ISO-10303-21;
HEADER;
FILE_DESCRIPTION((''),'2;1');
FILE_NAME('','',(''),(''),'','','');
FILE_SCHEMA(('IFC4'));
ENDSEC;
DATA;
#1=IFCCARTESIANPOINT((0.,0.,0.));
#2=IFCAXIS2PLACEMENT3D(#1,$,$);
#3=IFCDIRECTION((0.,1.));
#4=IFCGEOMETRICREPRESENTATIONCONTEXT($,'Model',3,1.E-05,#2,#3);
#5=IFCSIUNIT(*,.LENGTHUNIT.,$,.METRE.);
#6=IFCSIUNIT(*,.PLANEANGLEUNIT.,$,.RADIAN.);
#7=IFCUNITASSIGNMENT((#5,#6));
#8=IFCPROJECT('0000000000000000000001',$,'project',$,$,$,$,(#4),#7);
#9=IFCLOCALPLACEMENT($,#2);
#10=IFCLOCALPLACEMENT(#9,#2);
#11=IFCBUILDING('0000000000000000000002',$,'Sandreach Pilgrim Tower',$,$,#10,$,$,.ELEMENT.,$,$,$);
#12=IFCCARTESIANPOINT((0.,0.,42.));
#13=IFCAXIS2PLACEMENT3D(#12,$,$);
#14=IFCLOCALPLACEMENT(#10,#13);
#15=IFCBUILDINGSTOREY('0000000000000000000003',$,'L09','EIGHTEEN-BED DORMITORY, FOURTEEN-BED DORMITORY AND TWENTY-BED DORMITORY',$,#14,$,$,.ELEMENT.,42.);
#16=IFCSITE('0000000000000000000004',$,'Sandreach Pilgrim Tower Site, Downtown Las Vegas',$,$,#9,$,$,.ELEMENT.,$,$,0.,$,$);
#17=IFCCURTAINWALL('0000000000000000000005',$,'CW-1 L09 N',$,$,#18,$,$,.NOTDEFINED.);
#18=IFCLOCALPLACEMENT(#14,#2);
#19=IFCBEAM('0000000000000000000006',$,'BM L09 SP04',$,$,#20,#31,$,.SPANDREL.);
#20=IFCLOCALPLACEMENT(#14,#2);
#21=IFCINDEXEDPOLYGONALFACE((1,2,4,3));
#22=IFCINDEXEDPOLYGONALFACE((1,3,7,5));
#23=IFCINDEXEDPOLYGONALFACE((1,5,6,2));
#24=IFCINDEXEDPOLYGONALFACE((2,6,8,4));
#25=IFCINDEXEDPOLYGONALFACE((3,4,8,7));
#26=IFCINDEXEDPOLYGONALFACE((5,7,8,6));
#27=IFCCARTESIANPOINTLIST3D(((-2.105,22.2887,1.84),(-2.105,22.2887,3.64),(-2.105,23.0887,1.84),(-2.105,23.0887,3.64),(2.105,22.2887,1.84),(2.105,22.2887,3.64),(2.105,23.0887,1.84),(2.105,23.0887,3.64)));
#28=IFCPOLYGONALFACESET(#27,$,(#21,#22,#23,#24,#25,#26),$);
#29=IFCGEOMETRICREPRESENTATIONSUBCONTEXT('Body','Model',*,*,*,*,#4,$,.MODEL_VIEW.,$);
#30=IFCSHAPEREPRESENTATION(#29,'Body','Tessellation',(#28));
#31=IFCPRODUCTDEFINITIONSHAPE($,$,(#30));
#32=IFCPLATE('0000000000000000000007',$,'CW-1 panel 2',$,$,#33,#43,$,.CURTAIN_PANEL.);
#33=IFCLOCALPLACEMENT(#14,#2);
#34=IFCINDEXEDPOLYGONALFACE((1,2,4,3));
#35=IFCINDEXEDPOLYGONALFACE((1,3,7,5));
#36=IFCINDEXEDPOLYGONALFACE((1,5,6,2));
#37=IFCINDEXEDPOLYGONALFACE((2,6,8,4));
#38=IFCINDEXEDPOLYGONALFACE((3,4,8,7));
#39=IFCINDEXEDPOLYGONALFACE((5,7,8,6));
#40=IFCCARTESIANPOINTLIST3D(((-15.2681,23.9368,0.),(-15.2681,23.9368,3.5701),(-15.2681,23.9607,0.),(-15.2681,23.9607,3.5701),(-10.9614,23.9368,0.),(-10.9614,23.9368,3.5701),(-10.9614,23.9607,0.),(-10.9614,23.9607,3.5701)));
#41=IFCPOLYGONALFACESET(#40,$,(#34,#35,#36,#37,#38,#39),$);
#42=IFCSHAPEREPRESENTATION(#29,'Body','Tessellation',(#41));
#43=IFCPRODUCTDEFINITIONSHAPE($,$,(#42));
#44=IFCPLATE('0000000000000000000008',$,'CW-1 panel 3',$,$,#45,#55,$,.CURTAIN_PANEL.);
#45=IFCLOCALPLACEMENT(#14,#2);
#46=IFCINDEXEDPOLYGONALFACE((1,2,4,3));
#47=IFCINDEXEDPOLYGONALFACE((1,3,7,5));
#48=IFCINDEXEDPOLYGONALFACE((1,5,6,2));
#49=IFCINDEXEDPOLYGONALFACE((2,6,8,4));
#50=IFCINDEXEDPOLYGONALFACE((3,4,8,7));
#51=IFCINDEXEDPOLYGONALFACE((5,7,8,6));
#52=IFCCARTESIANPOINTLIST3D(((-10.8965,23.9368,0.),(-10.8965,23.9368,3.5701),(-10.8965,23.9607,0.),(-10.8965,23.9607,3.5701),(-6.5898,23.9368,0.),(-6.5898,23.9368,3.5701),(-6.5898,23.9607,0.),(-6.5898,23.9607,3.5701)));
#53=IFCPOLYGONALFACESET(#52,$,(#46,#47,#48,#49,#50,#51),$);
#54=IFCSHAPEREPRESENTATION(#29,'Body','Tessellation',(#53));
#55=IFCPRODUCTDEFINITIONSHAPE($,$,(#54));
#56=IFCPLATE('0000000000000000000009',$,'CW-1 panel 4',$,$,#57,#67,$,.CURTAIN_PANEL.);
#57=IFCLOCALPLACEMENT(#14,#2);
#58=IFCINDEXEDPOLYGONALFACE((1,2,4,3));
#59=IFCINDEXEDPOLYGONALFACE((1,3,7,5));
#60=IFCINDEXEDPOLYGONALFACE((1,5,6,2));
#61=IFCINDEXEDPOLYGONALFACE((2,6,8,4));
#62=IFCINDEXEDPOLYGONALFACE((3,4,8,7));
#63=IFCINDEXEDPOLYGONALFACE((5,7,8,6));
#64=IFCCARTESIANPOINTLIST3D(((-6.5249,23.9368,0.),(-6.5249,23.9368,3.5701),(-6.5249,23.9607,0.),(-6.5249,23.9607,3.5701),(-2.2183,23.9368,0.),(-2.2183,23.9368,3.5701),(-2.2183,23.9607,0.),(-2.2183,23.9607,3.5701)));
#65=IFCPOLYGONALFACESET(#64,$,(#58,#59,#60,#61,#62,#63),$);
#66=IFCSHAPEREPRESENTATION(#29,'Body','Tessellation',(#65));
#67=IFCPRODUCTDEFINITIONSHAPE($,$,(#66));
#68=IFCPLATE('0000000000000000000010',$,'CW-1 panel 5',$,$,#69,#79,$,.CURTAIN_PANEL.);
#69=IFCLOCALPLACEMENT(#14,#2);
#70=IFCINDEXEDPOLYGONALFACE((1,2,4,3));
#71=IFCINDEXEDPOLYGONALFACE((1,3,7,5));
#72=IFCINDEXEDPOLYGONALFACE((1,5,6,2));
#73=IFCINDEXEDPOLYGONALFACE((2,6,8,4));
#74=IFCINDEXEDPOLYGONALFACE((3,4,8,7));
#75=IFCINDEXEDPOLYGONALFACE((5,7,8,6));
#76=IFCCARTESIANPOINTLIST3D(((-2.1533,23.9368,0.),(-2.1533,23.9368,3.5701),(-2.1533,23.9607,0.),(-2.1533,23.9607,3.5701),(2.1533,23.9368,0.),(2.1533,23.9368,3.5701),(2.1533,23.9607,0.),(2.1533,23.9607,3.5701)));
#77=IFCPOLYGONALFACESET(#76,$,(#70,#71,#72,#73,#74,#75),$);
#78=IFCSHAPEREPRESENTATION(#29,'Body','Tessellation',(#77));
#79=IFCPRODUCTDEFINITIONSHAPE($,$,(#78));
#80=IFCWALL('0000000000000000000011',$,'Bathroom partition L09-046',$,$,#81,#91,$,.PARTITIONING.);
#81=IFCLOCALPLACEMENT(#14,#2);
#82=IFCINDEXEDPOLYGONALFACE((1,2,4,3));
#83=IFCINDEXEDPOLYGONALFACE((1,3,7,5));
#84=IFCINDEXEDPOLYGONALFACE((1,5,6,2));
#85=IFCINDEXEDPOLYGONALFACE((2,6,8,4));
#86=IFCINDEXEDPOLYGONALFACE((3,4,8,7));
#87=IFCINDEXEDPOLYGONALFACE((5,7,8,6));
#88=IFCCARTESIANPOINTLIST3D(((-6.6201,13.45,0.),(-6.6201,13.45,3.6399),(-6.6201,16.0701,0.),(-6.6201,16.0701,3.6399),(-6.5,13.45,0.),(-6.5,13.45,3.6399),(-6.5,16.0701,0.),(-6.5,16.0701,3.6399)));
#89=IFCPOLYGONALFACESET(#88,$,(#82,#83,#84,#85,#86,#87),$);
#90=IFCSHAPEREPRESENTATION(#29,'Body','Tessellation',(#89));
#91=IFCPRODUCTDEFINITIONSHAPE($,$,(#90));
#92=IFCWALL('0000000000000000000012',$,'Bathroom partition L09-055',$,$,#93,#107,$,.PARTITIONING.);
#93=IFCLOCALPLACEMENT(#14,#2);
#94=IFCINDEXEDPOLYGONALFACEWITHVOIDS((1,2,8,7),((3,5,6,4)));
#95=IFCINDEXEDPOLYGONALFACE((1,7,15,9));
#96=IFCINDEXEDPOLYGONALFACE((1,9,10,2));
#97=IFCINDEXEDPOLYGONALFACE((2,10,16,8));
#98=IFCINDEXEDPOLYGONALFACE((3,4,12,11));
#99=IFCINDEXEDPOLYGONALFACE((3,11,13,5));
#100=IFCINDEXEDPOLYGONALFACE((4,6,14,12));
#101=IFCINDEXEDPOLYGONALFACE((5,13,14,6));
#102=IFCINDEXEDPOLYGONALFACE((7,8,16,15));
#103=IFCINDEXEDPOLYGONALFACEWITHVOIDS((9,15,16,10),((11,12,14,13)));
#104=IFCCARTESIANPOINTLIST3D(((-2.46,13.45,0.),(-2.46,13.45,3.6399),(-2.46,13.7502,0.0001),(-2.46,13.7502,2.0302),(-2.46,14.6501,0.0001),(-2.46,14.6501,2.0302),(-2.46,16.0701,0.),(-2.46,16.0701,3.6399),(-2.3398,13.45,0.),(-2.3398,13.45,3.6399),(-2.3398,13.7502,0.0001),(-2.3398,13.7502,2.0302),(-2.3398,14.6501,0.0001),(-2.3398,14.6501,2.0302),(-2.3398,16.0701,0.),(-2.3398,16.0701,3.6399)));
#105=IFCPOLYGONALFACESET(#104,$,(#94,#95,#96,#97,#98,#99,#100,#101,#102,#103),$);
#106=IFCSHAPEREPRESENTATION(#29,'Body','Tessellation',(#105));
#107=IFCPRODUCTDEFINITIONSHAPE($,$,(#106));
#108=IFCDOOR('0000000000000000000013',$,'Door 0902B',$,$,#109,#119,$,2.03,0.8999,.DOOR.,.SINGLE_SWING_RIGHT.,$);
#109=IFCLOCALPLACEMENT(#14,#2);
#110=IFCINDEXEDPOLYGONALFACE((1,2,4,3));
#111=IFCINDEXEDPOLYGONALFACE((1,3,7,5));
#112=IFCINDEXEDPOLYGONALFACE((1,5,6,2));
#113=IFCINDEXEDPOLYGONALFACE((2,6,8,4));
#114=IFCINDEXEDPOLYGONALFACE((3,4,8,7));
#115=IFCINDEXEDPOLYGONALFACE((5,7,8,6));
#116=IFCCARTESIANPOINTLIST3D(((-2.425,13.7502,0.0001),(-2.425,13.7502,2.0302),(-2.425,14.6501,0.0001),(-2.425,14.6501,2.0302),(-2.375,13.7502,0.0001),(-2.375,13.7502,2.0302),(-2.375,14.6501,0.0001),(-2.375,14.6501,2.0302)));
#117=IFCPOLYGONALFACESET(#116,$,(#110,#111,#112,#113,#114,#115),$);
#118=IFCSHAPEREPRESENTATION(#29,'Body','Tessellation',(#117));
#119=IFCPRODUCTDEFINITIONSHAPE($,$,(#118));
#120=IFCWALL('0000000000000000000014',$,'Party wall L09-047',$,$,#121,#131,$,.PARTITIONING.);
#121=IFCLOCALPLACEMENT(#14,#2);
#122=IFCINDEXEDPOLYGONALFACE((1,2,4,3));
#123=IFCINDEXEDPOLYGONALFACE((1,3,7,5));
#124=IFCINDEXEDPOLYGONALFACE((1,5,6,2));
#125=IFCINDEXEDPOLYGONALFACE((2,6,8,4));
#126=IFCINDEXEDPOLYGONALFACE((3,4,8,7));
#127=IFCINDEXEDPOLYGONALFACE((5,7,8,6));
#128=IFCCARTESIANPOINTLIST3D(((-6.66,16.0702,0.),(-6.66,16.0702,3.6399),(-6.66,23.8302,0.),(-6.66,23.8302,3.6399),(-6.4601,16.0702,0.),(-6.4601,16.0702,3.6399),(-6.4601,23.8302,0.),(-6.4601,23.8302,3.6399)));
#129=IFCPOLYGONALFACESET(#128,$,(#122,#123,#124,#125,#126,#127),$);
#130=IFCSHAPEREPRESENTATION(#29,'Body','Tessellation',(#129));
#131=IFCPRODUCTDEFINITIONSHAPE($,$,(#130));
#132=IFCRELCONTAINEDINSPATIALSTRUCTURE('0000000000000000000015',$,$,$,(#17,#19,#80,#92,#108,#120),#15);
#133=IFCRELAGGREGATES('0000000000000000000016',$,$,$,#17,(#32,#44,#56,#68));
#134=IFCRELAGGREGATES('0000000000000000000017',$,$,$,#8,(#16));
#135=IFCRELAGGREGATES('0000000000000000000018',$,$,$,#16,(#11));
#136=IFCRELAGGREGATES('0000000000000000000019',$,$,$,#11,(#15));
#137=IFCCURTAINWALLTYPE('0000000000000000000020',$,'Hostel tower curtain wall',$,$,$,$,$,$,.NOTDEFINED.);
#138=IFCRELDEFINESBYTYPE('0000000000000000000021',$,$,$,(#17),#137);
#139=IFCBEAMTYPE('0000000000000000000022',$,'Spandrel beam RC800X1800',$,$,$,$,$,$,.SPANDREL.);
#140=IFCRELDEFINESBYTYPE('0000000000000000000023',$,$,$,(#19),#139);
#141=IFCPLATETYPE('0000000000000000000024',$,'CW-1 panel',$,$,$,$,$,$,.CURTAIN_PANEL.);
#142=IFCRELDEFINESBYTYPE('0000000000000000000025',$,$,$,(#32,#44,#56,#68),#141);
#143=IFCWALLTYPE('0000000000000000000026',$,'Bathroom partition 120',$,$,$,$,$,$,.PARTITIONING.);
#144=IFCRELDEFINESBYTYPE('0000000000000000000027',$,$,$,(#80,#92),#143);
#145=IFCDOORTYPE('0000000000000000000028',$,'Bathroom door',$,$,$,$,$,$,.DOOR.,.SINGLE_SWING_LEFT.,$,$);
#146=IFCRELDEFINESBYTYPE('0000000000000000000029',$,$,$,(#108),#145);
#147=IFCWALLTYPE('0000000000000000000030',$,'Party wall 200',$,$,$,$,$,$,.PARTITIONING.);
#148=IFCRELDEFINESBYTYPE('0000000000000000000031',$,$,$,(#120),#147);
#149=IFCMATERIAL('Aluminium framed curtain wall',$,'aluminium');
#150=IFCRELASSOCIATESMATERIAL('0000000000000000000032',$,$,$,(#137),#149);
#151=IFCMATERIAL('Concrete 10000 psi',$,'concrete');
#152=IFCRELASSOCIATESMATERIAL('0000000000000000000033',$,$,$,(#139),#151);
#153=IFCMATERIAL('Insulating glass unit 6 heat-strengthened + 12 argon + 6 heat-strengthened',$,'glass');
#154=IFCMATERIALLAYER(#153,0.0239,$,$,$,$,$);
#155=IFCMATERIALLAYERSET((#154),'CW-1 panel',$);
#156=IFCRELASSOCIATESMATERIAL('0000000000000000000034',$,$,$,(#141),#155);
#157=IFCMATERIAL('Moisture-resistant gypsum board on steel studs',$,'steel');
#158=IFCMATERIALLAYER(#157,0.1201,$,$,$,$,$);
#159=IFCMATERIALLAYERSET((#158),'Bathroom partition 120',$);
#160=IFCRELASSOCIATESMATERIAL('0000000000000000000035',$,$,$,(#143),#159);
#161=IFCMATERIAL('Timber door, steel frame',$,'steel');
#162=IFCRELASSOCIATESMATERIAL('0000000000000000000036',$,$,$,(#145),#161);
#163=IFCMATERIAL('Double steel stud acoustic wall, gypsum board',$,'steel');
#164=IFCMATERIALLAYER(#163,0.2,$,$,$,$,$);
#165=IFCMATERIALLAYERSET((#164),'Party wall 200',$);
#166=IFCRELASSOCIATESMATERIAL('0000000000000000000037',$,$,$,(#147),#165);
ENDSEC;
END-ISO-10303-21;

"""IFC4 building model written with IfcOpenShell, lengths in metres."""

from ifc_helpers import new_model, si_unit, direction, frame, frame_2d, origin, origin_2d, place, context, subcontext, project, spatial, rectangle, extrude, material, layer, layer_set, material_profile, profile_set, type_object, element, fill, aggregate, save


model = new_model("IFC4")

# Units and contexts
model_context = context("Model", 3, precision=1e-05, world=origin(), true_north=direction((0.0, 1.0)))
body_context = subcontext(model_context, "Body", "Model", "MODEL_VIEW")
ifc_project = project(units=[si_unit("LENGTHUNIT", "METRE"), si_unit("PLANEANGLEUNIT", "RADIAN")], contexts=[model_context])

# Site, building, storey
site_placement = place(None, origin())
site = spatial("IfcSite", under=ifc_project, at=site_placement, Name="Sandreach Pilgrim Tower Site, Downtown Las Vegas", CompositionType="ELEMENT", RefElevation=0.0)
building_placement = place(site_placement, origin())
building = spatial("IfcBuilding", under=site, at=building_placement, Name="Sandreach Pilgrim Tower", CompositionType="ELEMENT")
storey_placement = place(building_placement, frame((0.0, 0.0, 42.0)))
storey = spatial("IfcBuildingStorey", under=building, at=storey_placement, Name="L09", Description="EIGHTEEN-BED DORMITORY, FOURTEEN-BED DORMITORY AND TWENTY-BED DORMITORY", CompositionType="ELEMENT", Elevation=42.0)

# Curtain wall
ifc_material_1 = material(Name="Aluminium framed curtain wall", Category="aluminium")
curtain_wall_type = type_object("IfcCurtainWallType", Name="Hostel tower curtain wall", PredefinedType="NOTDEFINED", material=ifc_material_1)
curtain_wall_placement = place(storey_placement, origin())
curtain_wall = element("IfcCurtainWall", 1, at=curtain_wall_placement, inside=storey, type_object=curtain_wall_type, Name="CW-1 L09 N", PredefinedType="NOTDEFINED")

# Beam
ifc_material_2 = material(Name="Concrete 10000 psi", Category="concrete")
ifc_material_profile_1 = material_profile(ifc_material_2, rectangle(XDim=0.8, YDim=1.8, at=origin_2d()), Name="RC800X1800")
ifc_profile_set_1 = profile_set([ifc_material_profile_1], Name="Concrete 10000 psi")
beam_type_1 = type_object("IfcBeamType", Name="Spandrel beam RC800X1800", PredefinedType="SPANDREL", material=ifc_profile_set_1)
for number, where, z_axis, x_axis, name in (
    (2, (-2.105, 22.6887, 2.74), (1.0, 0.0, 0.0), (0.0, 1.0, 0.0), "BM L09 SP04"),
):
    element("IfcBeam", number, at=place(storey_placement, frame(where, z_axis=z_axis, x_axis=x_axis)), inside=storey, type_object=beam_type_1, Name=name, PredefinedType="SPANDREL", context=body_context, shape_type="SweptSolid", body=[
        extrude(rectangle(XDim=0.8, YDim=1.8, at=origin_2d()), origin(), (0.0, 0.0, 1.0), 4.21),
    ])

# Plates
ifc_material_3 = material(Name="Insulating glass unit 6 heat-strengthened + 12 argon + 6 heat-strengthened", Category="glass")
ifc_layer_1 = layer(ifc_material_3, 0.0239)
ifc_layer_set_1 = layer_set([ifc_layer_1], Name="CW-1 panel")
plate_type = type_object("IfcPlateType", Name="CW-1 panel", PredefinedType="CURTAIN_PANEL", material=ifc_layer_set_1)
plate_1_placement = place(storey_placement, frame((-13.1147, 23.9487, 0.0), z_axis=(0.0, 0.0, 1.0), x_axis=(1.0, 0.0, 0.0)))
plate_1 = element("IfcPlate", 3, at=plate_1_placement, type_object=plate_type, Name="CW-1 panel 2", PredefinedType="CURTAIN_PANEL", context=body_context, shape_type="SweptSolid", body=[
    extrude(rectangle(XDim=4.3066, YDim=0.0239, at=origin_2d()), origin(), (0.0, 0.0, 1.0), 3.5701),
])
plate_2_placement = place(storey_placement, frame((-8.7432, 23.9487, 0.0), z_axis=(0.0, 0.0, 1.0), x_axis=(1.0, 0.0, 0.0)))
plate_2 = element("IfcPlate", 4, at=plate_2_placement, type_object=plate_type, Name="CW-1 panel 3", PredefinedType="CURTAIN_PANEL", context=body_context, shape_type="SweptSolid", body=[
    extrude(rectangle(XDim=4.3066, YDim=0.0239, at=origin_2d()), origin(), (0.0, 0.0, 1.0), 3.5701),
])
plate_3_placement = place(storey_placement, frame((-4.3716, 23.9487, 0.0), z_axis=(0.0, 0.0, 1.0), x_axis=(1.0, 0.0, 0.0)))
plate_3 = element("IfcPlate", 5, at=plate_3_placement, type_object=plate_type, Name="CW-1 panel 4", PredefinedType="CURTAIN_PANEL", context=body_context, shape_type="SweptSolid", body=[
    extrude(rectangle(XDim=4.3066, YDim=0.0239, at=origin_2d()), origin(), (0.0, 0.0, 1.0), 3.5701),
])
plate_4_placement = place(storey_placement, frame((0.0, 23.9487, 0.0), z_axis=(0.0, 0.0, 1.0), x_axis=(1.0, 0.0, 0.0)))
plate_4 = element("IfcPlate", 6, at=plate_4_placement, type_object=plate_type, Name="CW-1 panel 5", PredefinedType="CURTAIN_PANEL", context=body_context, shape_type="SweptSolid", body=[
    extrude(rectangle(XDim=4.3066, YDim=0.0239, at=origin_2d()), origin(), (0.0, 0.0, 1.0), 3.5701),
])
aggregate(curtain_wall, [plate_1, plate_2, plate_3, plate_4])

# Wall
ifc_material_4 = material(Name="Moisture-resistant gypsum board on steel studs", Category="steel")
ifc_layer_2 = layer(ifc_material_4, 0.1201)
ifc_layer_set_2 = layer_set([ifc_layer_2], Name="Bathroom partition 120")
wall_type_1 = type_object("IfcWallType", Name="Bathroom partition 120", PredefinedType="PARTITIONING", material=ifc_layer_set_2)
wall_1_placement = place(storey_placement, frame((-6.5601, 16.0701, 0.0), z_axis=(0.0, 0.0, 1.0), x_axis=(0.0, -1.0, 0.0)))
element("IfcWall", 7, at=wall_1_placement, inside=storey, type_object=wall_type_1, Name="Bathroom partition L09-046", PredefinedType="PARTITIONING", context=body_context, shape_type="SweptSolid", body=[
    extrude(rectangle(XDim=2.6201, YDim=0.1201, at=frame_2d((1.3101, 0.0))), origin(), (0.0, 0.0, 1.0), 3.6399),
])

# Wall, opening, door
wall_2_placement = place(storey_placement, frame((-2.3999, 16.0701, 0.0), z_axis=(0.0, 0.0, 1.0), x_axis=(0.0, -1.0, 0.0)))
wall_2 = element("IfcWall", 8, at=wall_2_placement, inside=storey, type_object=wall_type_1, Name="Bathroom partition L09-055", PredefinedType="PARTITIONING", context=body_context, shape_type="SweptSolid", body=[
    extrude(rectangle(XDim=2.6201, YDim=0.1201, at=frame_2d((1.3101, 0.0))), origin(), (0.0, 0.0, 1.0), 3.6399),
])
opening_placement = place(wall_2_placement, frame((1.4199, 0.0, 0.0)))
opening = element("IfcOpeningElement", 9, at=opening_placement, cuts=wall_2, PredefinedType="OPENING", context=body_context, shape_type="SweptSolid", body=[
    extrude(rectangle(XDim=0.8999, YDim=2.03, at=frame_2d((0.45, 1.0151))), frame((0.0, 0.0601, 0.0), z_axis=(0.0, -1.0, 0.0), x_axis=(1.0, 0.0, 0.0)), (0.0, 0.0, 1.0), 0.1201),
])
ifc_material_5 = material(Name="Timber door, steel frame", Category="steel")
door_type = type_object("IfcDoorType", Name="Bathroom door", OperationType="SINGLE_SWING_LEFT", PredefinedType="DOOR", material=ifc_material_5)
door_placement = place(opening_placement, origin())
door = element("IfcDoor", 10, at=door_placement, inside=storey, type_object=door_type, Name="Door 0902B", OperationType="SINGLE_SWING_RIGHT", OverallHeight=2.03, OverallWidth=0.8999, PredefinedType="DOOR", context=body_context, shape_type="SweptSolid", body=[
    extrude(rectangle(XDim=0.8999, YDim=2.03, at=frame_2d((0.45, 1.0151))), frame((0.0, 0.0249, 0.0), z_axis=(0.0, -1.0, 0.0), x_axis=(1.0, 0.0, 0.0)), (0.0, 0.0, 1.0), 0.05),
])
fill(opening, door)

# Wall
ifc_material_6 = material(Name="Double steel stud acoustic wall, gypsum board", Category="steel")
ifc_layer_3 = layer(ifc_material_6, 0.2)
ifc_layer_set_3 = layer_set([ifc_layer_3], Name="Party wall 200")
wall_type_2 = type_object("IfcWallType", Name="Party wall 200", PredefinedType="PARTITIONING", material=ifc_layer_set_3)
wall_3_placement = place(storey_placement, frame((-6.5601, 23.8301, 0.0), z_axis=(0.0, 0.0, 1.0), x_axis=(0.0, -1.0, 0.0)))
element("IfcWall", 11, at=wall_3_placement, inside=storey, type_object=wall_type_2, Name="Party wall L09-047", PredefinedType="PARTITIONING", context=body_context, shape_type="SweptSolid", body=[
    extrude(rectangle(XDim=7.76, YDim=0.2, at=frame_2d((3.8799, 0.0))), origin(), (0.0, 0.0, 1.0), 3.6399),
])

save(model, "model.ifc")
